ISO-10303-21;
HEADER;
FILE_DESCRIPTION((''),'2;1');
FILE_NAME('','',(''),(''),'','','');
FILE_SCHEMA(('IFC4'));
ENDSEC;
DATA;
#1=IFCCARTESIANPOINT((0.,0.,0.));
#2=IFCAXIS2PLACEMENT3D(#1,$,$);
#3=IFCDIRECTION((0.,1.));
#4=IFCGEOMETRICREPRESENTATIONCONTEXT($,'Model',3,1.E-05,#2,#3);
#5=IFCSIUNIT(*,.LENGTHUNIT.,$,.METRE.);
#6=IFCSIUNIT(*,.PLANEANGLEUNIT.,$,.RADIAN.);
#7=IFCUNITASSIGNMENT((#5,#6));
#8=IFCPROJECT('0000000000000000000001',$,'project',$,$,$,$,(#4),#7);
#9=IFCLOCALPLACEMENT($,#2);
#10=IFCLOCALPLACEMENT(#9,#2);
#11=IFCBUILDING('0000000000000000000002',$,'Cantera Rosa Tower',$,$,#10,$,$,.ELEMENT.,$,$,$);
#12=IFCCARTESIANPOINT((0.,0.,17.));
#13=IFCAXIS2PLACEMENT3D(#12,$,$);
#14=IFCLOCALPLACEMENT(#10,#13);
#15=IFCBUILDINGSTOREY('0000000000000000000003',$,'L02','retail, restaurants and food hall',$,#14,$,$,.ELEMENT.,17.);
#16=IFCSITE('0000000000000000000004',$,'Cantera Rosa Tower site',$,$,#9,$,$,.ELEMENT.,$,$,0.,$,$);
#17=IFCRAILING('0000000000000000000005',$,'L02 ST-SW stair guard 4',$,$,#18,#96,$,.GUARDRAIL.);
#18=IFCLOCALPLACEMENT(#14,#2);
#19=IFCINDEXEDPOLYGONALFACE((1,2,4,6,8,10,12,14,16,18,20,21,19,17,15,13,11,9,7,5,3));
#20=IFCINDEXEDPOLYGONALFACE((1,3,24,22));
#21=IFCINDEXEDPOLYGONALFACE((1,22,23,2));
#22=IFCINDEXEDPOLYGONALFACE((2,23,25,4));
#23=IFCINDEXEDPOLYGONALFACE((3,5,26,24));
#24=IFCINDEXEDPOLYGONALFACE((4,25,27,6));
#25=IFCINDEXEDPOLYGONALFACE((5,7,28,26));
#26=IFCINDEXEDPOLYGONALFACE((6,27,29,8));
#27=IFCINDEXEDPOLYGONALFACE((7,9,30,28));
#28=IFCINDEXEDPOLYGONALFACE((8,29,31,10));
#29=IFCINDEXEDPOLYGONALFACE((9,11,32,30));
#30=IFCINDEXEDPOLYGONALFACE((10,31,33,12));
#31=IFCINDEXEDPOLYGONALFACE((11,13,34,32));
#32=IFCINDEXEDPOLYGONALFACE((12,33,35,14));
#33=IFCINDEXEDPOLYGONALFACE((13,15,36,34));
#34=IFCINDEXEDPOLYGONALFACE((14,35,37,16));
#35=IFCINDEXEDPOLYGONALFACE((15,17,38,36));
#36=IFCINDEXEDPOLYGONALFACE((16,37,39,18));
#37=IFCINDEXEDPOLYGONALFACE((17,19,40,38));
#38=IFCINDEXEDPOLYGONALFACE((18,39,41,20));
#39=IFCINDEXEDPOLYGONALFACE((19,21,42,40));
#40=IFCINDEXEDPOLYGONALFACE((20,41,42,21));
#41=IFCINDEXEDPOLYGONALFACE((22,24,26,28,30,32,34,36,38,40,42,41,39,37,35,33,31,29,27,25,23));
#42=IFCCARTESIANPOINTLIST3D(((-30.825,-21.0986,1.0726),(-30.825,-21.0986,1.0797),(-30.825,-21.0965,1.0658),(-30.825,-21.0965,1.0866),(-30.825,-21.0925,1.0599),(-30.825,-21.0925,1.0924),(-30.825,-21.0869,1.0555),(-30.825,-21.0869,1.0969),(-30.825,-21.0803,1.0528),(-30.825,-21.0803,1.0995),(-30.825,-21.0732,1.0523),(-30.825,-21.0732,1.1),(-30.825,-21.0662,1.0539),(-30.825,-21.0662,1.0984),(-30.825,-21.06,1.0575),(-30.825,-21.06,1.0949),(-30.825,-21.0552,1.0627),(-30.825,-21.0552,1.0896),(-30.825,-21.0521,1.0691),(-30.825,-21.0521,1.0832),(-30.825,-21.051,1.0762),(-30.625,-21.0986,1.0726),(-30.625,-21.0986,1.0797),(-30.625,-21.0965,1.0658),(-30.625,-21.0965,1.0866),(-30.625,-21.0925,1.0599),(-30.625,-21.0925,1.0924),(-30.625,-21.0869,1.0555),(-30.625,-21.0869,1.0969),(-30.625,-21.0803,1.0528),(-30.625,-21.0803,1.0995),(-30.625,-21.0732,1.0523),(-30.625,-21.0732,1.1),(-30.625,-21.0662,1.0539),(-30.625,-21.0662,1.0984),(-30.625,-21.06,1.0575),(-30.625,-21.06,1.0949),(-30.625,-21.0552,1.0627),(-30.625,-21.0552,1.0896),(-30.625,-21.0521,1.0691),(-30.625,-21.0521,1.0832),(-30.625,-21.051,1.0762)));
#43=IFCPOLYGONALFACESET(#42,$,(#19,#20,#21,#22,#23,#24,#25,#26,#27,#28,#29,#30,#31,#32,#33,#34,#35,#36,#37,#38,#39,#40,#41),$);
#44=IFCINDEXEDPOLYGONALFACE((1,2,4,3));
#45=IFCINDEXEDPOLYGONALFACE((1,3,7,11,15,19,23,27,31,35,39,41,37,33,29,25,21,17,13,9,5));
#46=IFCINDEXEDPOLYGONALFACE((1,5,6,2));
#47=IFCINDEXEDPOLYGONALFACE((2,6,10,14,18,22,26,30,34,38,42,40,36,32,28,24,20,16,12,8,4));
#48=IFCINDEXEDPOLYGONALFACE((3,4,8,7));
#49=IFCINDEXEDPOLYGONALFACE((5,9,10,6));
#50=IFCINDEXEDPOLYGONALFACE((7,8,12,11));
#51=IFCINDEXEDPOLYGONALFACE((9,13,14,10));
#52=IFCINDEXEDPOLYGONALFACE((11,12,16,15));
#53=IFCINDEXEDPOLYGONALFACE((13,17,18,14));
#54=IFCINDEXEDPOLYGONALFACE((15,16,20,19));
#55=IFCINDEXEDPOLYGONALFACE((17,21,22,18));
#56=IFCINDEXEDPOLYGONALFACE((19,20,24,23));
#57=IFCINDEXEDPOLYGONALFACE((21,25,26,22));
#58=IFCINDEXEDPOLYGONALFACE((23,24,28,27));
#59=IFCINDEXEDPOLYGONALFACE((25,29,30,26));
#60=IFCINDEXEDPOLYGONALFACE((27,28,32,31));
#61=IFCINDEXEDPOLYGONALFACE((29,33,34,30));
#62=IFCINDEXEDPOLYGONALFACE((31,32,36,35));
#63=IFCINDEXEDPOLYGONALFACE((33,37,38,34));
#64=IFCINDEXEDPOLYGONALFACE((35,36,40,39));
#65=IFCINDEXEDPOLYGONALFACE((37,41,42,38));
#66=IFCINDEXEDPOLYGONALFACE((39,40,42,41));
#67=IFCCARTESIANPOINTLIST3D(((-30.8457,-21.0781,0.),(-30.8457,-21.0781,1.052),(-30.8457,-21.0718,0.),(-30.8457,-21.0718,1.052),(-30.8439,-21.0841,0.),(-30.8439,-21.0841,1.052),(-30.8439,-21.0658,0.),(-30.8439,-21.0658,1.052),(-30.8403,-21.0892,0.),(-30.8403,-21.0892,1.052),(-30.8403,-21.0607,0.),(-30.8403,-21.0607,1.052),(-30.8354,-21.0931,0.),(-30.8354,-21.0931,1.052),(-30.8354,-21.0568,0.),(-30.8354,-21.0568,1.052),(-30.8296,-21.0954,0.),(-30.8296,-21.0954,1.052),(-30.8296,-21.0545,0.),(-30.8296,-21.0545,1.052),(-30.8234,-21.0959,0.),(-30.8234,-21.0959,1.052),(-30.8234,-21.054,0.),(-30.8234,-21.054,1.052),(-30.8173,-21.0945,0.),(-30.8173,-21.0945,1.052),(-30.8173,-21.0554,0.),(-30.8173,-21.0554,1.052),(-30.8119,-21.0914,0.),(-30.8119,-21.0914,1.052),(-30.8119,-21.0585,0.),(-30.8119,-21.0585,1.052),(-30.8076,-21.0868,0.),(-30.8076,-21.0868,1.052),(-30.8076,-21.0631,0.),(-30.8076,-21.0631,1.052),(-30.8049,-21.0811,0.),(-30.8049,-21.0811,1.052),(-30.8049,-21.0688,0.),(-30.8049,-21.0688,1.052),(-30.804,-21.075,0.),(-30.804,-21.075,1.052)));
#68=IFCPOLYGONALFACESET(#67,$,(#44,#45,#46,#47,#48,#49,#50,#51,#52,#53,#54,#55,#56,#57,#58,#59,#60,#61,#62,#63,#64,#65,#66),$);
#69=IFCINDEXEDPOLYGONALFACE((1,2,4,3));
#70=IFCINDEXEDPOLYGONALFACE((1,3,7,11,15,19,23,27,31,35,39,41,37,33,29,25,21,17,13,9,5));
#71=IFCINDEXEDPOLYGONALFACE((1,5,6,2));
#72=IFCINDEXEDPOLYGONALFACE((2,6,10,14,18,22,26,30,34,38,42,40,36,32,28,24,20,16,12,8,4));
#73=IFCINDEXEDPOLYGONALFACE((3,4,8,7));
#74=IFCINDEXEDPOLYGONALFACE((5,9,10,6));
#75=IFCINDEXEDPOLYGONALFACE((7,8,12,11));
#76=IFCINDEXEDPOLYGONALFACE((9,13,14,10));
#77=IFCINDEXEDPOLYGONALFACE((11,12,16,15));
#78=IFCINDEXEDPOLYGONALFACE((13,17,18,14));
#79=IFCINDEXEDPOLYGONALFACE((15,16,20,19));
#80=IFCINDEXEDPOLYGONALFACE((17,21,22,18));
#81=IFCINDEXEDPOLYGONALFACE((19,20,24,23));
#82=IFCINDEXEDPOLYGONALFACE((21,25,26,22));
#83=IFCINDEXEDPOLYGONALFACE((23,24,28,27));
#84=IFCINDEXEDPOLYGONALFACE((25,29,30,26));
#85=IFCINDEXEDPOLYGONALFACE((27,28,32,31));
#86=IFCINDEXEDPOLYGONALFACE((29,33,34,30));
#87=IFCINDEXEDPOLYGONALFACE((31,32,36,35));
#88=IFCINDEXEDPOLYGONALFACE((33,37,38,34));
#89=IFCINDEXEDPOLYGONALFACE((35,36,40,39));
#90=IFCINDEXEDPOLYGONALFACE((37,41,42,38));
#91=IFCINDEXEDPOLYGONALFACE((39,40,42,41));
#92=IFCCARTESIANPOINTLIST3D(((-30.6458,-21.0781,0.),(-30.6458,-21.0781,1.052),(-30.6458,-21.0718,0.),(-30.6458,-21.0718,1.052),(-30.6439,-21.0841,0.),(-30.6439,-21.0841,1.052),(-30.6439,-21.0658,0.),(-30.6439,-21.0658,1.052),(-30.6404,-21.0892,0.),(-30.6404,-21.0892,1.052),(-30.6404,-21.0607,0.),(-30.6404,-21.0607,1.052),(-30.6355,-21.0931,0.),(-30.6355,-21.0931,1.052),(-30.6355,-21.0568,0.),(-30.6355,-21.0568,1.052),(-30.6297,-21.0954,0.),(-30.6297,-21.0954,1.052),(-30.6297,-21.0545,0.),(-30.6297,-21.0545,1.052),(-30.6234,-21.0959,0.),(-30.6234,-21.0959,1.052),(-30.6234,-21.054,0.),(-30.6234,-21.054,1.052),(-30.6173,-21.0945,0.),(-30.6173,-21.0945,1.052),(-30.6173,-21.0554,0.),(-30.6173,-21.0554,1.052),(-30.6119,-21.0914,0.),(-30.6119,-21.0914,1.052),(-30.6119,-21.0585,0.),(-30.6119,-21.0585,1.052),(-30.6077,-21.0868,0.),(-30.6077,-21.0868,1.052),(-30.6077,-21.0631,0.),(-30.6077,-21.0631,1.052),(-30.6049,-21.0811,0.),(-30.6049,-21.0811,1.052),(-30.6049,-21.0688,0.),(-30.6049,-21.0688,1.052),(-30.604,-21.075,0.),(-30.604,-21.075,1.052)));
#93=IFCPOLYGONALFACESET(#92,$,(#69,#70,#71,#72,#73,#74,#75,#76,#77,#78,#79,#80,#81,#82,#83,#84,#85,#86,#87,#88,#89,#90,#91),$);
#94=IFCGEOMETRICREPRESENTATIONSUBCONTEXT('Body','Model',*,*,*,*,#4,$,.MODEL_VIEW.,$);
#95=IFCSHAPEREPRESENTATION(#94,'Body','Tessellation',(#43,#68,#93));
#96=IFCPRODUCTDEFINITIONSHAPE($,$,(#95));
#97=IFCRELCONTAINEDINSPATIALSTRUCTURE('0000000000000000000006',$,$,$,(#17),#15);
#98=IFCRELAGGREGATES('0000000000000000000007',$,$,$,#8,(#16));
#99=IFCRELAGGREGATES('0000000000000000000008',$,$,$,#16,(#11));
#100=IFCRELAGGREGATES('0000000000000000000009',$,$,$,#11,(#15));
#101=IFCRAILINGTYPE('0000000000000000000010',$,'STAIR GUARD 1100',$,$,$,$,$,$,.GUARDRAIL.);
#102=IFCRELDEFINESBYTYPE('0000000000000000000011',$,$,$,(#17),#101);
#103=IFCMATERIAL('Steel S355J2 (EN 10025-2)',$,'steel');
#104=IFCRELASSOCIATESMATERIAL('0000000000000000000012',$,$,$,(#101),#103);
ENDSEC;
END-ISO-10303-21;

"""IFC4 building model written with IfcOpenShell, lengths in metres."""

from ifc_helpers import new_model, si_unit, direction, frame, origin, origin_2d, place, context, subcontext, project, spatial, circle, extrude, material, type_object, element, save


model = new_model("IFC4")

# Units and contexts
model_context = context("Model", 3, precision=1e-05, world=origin(), true_north=direction((0.0, 1.0)))
body_context = subcontext(model_context, "Body", "Model", "MODEL_VIEW")
ifc_project = project(units=[si_unit("LENGTHUNIT", "METRE"), si_unit("PLANEANGLEUNIT", "RADIAN")], contexts=[model_context])

# Site, building, storey
site_placement = place(None, origin())
site = spatial("IfcSite", under=ifc_project, at=site_placement, Name="Cantera Rosa Tower site", CompositionType="ELEMENT", RefElevation=0.0)
building_placement = place(site_placement, origin())
building = spatial("IfcBuilding", under=site, at=building_placement, Name="Cantera Rosa Tower", CompositionType="ELEMENT")
storey_placement = place(building_placement, frame((0.0, 0.0, 17.0)))
storey = spatial("IfcBuildingStorey", under=building, at=storey_placement, Name="L02", Description="retail, restaurants and food hall", CompositionType="ELEMENT", Elevation=17.0)

# Railing
ifc_material_1 = material(Name="Steel S355J2 (EN 10025-2)", Category="steel")
railing_type_1 = type_object("IfcRailingType", Name="STAIR GUARD 1100", PredefinedType="GUARDRAIL", material=ifc_material_1)
railing_1_placement = place(storey_placement, frame((-30.825, -21.075, 0.0)))
element("IfcRailing", 1, at=railing_1_placement, inside=storey, type_object=railing_type_1, Name="L02 ST-SW stair guard 4", PredefinedType="GUARDRAIL", context=body_context, shape_type="SweptSolid", body=[
    extrude(circle(Radius=0.0239, at=origin_2d()), frame((0.0, 0.0, 1.0762), z_axis=(1.0, 0.0, 0.0), x_axis=(0.0, 1.0, 0.0)), (0.0, 0.0, 1.0), 0.2),
    extrude(circle(Radius=0.021, at=origin_2d()), origin(), (0.0, 0.0, 1.0), 1.052),
    extrude(circle(Radius=0.021, at=origin_2d()), frame((0.2, 0.0, 0.0)), (0.0, 0.0, 1.0), 1.052),
])

save(model, "model.ifc")
